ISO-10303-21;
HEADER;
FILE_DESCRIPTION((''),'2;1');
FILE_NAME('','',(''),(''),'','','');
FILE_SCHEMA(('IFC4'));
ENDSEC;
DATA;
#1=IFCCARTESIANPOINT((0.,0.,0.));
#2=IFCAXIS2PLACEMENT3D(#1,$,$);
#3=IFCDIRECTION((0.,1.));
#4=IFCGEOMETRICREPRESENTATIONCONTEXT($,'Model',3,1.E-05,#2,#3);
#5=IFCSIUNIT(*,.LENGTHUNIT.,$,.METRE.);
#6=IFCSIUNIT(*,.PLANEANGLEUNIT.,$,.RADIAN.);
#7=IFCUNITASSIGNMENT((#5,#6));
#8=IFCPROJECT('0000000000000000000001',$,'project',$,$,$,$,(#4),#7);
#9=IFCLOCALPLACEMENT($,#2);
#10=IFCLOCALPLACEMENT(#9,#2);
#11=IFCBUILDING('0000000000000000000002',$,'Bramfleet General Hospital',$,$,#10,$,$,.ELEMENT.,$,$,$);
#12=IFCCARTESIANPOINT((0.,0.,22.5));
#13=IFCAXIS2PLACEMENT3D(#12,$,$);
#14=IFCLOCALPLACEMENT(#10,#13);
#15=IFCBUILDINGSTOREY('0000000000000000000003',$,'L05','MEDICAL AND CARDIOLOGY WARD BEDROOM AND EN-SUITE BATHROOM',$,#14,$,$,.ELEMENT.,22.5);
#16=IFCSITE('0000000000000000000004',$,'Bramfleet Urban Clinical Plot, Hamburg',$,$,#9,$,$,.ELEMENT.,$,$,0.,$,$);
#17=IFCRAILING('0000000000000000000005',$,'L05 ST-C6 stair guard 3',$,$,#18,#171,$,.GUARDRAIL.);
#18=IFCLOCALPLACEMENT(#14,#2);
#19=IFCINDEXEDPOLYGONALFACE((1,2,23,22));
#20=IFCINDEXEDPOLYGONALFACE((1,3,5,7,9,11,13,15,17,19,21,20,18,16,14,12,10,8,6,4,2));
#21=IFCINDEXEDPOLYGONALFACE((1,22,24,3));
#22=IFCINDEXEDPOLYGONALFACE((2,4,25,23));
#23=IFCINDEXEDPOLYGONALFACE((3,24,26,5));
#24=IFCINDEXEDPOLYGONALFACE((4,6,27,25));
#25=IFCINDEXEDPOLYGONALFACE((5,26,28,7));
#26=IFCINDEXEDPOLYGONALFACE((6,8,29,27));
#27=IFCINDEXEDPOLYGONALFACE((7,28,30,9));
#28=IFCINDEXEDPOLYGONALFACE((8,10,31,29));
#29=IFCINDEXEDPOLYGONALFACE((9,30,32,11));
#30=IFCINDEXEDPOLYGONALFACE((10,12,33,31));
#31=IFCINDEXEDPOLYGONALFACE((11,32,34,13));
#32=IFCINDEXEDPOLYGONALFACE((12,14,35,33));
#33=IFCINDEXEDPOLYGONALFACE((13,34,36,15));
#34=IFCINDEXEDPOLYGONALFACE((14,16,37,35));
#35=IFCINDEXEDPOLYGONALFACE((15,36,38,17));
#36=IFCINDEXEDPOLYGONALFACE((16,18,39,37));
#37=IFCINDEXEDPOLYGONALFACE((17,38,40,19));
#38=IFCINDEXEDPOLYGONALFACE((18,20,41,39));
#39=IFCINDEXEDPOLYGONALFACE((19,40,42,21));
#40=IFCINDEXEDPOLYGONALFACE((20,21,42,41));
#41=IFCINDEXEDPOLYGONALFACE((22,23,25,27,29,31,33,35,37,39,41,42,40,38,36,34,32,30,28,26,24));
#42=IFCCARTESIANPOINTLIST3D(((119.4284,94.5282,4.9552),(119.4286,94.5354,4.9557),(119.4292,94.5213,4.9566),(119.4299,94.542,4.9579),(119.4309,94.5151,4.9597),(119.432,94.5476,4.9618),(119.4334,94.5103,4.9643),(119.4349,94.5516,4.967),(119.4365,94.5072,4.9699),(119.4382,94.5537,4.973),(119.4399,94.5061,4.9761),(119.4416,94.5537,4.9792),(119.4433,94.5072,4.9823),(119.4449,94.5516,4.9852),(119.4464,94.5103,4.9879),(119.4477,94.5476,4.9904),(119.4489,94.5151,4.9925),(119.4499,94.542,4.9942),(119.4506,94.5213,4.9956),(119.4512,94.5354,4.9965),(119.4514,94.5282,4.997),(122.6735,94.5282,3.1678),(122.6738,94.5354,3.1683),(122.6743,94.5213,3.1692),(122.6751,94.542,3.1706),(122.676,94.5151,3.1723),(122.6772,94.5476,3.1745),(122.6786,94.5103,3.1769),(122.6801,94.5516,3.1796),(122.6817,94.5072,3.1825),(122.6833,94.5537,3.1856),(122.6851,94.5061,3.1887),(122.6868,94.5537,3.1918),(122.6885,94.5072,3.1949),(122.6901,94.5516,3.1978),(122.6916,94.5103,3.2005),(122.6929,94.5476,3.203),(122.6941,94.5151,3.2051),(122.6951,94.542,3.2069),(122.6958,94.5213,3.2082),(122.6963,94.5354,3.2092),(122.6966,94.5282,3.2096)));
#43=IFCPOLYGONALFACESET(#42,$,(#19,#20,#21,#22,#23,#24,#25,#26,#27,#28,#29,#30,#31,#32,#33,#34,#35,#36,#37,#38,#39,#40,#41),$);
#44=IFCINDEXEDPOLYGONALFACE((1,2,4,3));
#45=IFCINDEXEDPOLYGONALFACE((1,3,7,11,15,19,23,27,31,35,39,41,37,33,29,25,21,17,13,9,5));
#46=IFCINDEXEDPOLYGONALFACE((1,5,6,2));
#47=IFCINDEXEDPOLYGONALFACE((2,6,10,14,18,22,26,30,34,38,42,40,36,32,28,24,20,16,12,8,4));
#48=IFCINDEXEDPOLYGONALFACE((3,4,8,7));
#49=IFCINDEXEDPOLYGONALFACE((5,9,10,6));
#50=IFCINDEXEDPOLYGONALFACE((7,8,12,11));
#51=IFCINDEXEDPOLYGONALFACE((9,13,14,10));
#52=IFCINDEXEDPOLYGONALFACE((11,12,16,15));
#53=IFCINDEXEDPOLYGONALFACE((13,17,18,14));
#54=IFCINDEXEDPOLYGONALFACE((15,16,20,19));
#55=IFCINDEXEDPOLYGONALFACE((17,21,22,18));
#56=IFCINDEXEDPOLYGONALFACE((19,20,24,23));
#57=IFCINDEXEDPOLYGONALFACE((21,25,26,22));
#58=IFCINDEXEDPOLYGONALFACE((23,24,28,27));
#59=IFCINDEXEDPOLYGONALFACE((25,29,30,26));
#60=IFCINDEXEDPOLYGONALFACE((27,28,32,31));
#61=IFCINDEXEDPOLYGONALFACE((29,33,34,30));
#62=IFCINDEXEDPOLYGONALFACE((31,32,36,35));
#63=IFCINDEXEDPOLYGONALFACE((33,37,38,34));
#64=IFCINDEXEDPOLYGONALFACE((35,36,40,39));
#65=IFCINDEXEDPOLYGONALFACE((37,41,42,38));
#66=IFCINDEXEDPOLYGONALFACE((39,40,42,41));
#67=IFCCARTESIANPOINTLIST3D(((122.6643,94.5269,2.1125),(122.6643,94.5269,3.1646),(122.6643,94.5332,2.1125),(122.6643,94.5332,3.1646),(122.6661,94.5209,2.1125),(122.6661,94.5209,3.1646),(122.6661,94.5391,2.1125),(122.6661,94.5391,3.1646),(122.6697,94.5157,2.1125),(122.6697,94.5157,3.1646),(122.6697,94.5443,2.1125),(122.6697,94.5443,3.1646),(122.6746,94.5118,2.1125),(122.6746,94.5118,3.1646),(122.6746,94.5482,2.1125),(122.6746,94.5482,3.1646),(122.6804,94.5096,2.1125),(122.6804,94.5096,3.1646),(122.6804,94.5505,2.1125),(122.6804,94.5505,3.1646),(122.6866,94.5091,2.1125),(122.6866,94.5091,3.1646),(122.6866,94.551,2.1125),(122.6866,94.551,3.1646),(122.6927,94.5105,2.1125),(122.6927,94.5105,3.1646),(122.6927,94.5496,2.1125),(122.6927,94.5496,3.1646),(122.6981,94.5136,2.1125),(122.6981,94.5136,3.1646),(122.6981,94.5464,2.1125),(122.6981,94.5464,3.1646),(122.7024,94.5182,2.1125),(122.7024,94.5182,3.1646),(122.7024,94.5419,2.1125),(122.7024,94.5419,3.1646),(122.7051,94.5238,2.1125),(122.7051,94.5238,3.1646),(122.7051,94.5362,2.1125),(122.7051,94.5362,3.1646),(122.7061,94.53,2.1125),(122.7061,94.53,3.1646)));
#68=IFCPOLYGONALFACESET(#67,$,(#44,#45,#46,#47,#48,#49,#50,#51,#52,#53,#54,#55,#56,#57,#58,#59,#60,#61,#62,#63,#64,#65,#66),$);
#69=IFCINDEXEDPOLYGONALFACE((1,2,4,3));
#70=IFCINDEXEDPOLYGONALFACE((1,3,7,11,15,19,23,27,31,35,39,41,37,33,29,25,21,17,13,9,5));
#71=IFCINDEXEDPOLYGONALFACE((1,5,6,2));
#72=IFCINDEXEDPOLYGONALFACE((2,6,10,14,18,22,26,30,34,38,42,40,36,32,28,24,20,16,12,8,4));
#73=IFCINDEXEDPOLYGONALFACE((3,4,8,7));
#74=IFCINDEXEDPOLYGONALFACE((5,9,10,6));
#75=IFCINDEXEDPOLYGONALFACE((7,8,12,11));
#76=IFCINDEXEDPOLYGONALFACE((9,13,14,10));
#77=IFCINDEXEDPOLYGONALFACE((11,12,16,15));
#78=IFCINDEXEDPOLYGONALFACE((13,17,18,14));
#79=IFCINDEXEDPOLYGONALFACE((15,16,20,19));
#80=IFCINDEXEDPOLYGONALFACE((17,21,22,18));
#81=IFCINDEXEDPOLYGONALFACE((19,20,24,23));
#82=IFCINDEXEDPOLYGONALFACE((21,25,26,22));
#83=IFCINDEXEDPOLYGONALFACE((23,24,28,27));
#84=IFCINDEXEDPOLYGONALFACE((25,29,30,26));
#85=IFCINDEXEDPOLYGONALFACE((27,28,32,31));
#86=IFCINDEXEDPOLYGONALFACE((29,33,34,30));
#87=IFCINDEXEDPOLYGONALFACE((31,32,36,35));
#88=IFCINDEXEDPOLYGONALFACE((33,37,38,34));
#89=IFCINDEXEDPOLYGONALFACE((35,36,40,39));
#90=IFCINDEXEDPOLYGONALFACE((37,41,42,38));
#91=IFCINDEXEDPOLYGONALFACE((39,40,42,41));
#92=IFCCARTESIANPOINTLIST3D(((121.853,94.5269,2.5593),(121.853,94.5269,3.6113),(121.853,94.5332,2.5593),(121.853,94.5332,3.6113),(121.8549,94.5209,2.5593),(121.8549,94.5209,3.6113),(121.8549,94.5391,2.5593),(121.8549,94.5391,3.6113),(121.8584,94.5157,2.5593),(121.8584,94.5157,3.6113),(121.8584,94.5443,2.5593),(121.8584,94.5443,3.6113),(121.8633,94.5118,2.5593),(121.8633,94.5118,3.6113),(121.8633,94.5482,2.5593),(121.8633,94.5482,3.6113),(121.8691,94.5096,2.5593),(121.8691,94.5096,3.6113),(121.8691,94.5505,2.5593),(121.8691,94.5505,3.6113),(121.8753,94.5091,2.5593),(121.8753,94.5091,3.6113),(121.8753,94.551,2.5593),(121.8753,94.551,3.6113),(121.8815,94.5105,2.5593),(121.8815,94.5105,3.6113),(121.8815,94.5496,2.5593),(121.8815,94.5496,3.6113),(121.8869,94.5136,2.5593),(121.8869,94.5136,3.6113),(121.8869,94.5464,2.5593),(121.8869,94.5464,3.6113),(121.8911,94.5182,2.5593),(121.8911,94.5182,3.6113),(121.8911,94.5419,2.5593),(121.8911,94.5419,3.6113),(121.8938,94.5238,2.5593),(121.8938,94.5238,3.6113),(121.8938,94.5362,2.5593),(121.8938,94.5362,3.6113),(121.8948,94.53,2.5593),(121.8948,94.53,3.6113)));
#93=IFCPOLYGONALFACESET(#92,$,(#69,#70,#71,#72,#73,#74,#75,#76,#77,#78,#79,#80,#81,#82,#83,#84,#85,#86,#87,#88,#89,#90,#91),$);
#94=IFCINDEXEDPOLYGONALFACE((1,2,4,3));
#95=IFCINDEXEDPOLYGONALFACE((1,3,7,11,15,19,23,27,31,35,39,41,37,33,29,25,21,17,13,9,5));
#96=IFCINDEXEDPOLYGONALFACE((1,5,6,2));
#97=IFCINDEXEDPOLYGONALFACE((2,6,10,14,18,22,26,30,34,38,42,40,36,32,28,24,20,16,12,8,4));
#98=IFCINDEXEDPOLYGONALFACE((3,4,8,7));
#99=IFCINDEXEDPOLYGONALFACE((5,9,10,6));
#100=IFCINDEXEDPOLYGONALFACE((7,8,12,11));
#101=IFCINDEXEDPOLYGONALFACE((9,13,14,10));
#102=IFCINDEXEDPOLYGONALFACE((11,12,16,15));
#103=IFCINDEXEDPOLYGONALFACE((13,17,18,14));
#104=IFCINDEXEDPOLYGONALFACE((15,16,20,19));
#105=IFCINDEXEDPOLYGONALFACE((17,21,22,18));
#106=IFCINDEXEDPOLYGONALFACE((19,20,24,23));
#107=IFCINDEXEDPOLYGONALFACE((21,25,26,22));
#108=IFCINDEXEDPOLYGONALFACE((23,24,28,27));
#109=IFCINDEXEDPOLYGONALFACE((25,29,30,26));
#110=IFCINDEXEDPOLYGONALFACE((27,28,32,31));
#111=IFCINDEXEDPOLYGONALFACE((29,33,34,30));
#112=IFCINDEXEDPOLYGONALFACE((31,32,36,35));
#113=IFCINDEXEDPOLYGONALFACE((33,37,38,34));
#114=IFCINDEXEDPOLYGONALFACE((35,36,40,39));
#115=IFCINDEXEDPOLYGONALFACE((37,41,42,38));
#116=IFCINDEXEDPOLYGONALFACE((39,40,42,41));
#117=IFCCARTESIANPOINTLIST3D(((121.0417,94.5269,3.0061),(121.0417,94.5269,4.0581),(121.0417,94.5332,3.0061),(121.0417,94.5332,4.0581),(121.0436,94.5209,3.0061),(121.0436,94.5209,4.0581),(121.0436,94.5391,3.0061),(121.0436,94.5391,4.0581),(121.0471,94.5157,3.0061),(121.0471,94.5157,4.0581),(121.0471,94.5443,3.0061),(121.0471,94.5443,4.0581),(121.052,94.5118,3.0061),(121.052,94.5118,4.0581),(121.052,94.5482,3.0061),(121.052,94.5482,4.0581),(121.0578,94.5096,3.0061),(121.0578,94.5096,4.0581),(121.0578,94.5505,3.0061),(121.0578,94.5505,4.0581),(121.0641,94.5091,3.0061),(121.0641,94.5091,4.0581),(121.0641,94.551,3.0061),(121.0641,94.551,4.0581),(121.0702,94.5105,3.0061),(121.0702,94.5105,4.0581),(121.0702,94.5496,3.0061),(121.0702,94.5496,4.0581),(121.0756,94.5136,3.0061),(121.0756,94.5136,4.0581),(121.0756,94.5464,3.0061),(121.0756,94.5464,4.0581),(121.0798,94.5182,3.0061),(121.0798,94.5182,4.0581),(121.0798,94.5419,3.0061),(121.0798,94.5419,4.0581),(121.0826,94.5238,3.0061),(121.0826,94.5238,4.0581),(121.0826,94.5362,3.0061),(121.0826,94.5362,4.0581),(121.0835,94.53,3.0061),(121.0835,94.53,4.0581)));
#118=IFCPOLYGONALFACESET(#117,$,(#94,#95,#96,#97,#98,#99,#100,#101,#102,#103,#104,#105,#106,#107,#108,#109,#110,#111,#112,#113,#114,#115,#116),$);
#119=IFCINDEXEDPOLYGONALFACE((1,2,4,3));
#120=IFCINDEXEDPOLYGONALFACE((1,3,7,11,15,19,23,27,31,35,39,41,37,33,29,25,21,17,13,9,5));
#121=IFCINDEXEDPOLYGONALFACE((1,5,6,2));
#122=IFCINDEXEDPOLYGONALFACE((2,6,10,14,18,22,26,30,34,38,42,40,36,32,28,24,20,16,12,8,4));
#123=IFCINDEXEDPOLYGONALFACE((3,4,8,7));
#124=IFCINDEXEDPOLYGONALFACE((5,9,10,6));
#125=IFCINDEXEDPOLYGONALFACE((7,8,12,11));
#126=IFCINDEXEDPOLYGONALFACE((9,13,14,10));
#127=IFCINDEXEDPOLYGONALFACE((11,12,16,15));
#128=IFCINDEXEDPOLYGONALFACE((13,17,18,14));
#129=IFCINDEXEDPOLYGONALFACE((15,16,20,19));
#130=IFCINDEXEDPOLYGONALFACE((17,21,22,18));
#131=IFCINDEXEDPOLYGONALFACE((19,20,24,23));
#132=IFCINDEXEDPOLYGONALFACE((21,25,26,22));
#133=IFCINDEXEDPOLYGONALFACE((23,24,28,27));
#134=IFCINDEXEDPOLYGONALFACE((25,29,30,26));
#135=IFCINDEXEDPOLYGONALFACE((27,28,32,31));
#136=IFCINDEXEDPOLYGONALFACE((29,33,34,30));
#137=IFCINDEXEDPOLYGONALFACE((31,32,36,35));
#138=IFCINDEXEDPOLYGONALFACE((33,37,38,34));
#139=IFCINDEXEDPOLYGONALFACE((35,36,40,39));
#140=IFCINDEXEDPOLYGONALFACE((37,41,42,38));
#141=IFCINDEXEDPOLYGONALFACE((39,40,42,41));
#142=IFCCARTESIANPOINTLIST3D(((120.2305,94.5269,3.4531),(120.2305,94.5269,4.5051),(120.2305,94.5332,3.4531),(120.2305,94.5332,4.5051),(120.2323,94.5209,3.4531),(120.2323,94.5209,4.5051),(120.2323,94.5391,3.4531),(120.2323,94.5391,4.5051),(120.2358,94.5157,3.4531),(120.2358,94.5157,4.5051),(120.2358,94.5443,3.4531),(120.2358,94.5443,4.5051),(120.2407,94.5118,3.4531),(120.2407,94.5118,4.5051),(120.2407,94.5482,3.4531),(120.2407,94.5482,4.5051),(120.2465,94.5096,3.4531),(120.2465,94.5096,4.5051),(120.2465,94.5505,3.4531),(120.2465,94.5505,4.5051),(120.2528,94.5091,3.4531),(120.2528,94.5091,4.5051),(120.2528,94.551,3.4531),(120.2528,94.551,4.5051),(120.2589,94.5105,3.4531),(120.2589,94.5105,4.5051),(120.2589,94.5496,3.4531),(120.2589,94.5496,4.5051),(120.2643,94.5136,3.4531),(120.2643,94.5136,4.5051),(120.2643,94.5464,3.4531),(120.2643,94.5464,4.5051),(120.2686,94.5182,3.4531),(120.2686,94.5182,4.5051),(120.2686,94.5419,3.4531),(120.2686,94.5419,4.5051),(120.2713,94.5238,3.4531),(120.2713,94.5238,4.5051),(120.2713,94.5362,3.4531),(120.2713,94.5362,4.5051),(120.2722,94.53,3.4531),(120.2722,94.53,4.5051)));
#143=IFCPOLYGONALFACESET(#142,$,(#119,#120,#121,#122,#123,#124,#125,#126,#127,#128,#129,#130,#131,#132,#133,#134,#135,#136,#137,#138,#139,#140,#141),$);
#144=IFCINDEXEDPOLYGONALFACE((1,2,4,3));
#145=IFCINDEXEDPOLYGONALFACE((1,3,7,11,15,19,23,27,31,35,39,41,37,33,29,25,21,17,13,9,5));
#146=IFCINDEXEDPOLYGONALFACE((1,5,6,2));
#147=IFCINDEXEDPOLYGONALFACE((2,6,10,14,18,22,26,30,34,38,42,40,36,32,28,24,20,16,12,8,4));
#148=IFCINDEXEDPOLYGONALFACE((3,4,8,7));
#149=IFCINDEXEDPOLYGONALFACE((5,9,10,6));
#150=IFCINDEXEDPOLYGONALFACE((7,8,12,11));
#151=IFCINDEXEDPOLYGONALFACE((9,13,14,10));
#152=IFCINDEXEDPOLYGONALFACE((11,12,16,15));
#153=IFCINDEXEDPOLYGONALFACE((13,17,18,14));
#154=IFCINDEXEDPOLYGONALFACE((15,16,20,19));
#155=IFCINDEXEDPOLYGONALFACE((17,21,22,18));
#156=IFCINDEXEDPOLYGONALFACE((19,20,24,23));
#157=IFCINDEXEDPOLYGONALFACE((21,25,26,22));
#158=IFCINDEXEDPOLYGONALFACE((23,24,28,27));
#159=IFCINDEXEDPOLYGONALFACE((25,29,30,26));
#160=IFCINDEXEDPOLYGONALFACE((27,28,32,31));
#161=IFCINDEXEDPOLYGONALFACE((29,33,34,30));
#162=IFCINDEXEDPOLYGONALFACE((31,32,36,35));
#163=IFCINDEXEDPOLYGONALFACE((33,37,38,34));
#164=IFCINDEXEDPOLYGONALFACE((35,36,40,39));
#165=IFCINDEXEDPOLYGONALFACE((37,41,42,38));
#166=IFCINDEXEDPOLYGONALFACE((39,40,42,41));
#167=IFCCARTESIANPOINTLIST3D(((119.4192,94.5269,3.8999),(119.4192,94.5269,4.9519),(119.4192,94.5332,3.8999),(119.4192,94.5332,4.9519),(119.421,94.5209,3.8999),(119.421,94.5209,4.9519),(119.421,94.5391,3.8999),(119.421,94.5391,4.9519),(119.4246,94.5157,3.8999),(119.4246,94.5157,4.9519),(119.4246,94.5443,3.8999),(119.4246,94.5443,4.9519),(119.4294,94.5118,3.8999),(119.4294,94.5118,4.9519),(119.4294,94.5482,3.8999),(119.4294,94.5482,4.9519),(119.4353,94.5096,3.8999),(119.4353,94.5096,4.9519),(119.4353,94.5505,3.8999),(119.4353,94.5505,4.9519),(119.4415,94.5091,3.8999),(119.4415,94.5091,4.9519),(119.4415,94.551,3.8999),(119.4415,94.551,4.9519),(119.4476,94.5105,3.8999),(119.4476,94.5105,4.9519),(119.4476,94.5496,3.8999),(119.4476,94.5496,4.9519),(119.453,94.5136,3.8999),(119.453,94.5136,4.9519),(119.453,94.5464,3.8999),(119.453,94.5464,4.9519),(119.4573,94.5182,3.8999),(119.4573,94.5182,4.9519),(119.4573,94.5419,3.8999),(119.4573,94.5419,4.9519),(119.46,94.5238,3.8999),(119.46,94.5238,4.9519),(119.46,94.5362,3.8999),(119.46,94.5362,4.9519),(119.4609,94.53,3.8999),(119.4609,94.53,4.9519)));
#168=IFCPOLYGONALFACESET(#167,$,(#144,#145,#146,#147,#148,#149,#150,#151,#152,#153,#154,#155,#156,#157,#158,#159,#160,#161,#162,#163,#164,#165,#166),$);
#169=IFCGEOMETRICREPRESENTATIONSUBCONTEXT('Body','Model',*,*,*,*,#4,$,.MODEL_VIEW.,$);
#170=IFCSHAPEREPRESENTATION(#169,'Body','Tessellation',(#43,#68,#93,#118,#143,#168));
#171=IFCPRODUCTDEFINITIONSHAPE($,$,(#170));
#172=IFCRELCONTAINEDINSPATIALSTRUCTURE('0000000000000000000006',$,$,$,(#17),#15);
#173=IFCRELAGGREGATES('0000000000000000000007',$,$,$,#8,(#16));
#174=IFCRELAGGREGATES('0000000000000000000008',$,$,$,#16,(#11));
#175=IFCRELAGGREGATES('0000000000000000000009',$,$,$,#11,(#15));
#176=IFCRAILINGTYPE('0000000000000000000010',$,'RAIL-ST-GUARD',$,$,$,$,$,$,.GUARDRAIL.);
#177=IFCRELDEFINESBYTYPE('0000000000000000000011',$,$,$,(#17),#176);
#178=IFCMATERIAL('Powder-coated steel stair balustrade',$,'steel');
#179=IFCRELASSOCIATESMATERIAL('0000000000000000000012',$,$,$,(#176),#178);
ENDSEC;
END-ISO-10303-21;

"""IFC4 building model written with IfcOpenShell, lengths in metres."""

from ifc_helpers import new_model, si_unit, direction, frame, origin, origin_2d, place, context, subcontext, project, spatial, circle, extrude, material, type_object, element, save


model = new_model("IFC4")

# Units and contexts
model_context = context("Model", 3, precision=1e-05, world=origin(), true_north=direction((0.0, 1.0)))
body_context = subcontext(model_context, "Body", "Model", "MODEL_VIEW")
ifc_project = project(units=[si_unit("LENGTHUNIT", "METRE"), si_unit("PLANEANGLEUNIT", "RADIAN")], contexts=[model_context])

# Site, building, storey
site_placement = place(None, origin())
site = spatial("IfcSite", under=ifc_project, at=site_placement, Name="Bramfleet Urban Clinical Plot, Hamburg", CompositionType="ELEMENT", RefElevation=0.0)
building_placement = place(site_placement, origin())
building = spatial("IfcBuilding", under=site, at=building_placement, Name="Bramfleet General Hospital", CompositionType="ELEMENT")
storey_placement = place(building_placement, frame((0.0, 0.0, 22.5)))
storey = spatial("IfcBuildingStorey", under=building, at=storey_placement, Name="L05", Description="MEDICAL AND CARDIOLOGY WARD BEDROOM AND EN-SUITE BATHROOM", CompositionType="ELEMENT", Elevation=22.5)

# Railing
ifc_material_1 = material(Name="Powder-coated steel stair balustrade", Category="steel")
railing_type_1 = type_object("IfcRailingType", Name="RAIL-ST-GUARD", PredefinedType="GUARDRAIL", material=ifc_material_1)
railing_1_placement = place(storey_placement, frame((122.6851, 94.53, 2.1125)))
element("IfcRailing", 1, at=railing_1_placement, inside=storey, type_object=railing_type_1, Name="L05 ST-C6 stair guard 3", PredefinedType="GUARDRAIL", context=body_context, shape_type="SweptSolid", body=[
    extrude(circle(Radius=0.0239, at=origin_2d()), frame((0.0, 0.0, 1.0762), z_axis=(-0.875926, 0.0, 0.482445), x_axis=(0.0, -1.0, 0.0)), (0.0, 0.0, 1.0), 3.7048),
    extrude(circle(Radius=0.021, at=origin_2d()), origin(), (0.0, 0.0, 1.0), 1.052),
    extrude(circle(Radius=0.021, at=origin_2d()), frame((-0.8113, 0.0, 0.4468)), (0.0, 0.0, 1.0), 1.052),
    extrude(circle(Radius=0.021, at=origin_2d()), frame((-1.6226, 0.0, 0.8936)), (0.0, 0.0, 1.0), 1.052),
    extrude(circle(Radius=0.021, at=origin_2d()), frame((-2.4338, 0.0, 1.3406)), (0.0, 0.0, 1.0), 1.052),
    extrude(circle(Radius=0.021, at=origin_2d()), frame((-3.2451, 0.0, 1.7874)), (0.0, 0.0, 1.0), 1.052),
])

save(model, "model.ifc")
